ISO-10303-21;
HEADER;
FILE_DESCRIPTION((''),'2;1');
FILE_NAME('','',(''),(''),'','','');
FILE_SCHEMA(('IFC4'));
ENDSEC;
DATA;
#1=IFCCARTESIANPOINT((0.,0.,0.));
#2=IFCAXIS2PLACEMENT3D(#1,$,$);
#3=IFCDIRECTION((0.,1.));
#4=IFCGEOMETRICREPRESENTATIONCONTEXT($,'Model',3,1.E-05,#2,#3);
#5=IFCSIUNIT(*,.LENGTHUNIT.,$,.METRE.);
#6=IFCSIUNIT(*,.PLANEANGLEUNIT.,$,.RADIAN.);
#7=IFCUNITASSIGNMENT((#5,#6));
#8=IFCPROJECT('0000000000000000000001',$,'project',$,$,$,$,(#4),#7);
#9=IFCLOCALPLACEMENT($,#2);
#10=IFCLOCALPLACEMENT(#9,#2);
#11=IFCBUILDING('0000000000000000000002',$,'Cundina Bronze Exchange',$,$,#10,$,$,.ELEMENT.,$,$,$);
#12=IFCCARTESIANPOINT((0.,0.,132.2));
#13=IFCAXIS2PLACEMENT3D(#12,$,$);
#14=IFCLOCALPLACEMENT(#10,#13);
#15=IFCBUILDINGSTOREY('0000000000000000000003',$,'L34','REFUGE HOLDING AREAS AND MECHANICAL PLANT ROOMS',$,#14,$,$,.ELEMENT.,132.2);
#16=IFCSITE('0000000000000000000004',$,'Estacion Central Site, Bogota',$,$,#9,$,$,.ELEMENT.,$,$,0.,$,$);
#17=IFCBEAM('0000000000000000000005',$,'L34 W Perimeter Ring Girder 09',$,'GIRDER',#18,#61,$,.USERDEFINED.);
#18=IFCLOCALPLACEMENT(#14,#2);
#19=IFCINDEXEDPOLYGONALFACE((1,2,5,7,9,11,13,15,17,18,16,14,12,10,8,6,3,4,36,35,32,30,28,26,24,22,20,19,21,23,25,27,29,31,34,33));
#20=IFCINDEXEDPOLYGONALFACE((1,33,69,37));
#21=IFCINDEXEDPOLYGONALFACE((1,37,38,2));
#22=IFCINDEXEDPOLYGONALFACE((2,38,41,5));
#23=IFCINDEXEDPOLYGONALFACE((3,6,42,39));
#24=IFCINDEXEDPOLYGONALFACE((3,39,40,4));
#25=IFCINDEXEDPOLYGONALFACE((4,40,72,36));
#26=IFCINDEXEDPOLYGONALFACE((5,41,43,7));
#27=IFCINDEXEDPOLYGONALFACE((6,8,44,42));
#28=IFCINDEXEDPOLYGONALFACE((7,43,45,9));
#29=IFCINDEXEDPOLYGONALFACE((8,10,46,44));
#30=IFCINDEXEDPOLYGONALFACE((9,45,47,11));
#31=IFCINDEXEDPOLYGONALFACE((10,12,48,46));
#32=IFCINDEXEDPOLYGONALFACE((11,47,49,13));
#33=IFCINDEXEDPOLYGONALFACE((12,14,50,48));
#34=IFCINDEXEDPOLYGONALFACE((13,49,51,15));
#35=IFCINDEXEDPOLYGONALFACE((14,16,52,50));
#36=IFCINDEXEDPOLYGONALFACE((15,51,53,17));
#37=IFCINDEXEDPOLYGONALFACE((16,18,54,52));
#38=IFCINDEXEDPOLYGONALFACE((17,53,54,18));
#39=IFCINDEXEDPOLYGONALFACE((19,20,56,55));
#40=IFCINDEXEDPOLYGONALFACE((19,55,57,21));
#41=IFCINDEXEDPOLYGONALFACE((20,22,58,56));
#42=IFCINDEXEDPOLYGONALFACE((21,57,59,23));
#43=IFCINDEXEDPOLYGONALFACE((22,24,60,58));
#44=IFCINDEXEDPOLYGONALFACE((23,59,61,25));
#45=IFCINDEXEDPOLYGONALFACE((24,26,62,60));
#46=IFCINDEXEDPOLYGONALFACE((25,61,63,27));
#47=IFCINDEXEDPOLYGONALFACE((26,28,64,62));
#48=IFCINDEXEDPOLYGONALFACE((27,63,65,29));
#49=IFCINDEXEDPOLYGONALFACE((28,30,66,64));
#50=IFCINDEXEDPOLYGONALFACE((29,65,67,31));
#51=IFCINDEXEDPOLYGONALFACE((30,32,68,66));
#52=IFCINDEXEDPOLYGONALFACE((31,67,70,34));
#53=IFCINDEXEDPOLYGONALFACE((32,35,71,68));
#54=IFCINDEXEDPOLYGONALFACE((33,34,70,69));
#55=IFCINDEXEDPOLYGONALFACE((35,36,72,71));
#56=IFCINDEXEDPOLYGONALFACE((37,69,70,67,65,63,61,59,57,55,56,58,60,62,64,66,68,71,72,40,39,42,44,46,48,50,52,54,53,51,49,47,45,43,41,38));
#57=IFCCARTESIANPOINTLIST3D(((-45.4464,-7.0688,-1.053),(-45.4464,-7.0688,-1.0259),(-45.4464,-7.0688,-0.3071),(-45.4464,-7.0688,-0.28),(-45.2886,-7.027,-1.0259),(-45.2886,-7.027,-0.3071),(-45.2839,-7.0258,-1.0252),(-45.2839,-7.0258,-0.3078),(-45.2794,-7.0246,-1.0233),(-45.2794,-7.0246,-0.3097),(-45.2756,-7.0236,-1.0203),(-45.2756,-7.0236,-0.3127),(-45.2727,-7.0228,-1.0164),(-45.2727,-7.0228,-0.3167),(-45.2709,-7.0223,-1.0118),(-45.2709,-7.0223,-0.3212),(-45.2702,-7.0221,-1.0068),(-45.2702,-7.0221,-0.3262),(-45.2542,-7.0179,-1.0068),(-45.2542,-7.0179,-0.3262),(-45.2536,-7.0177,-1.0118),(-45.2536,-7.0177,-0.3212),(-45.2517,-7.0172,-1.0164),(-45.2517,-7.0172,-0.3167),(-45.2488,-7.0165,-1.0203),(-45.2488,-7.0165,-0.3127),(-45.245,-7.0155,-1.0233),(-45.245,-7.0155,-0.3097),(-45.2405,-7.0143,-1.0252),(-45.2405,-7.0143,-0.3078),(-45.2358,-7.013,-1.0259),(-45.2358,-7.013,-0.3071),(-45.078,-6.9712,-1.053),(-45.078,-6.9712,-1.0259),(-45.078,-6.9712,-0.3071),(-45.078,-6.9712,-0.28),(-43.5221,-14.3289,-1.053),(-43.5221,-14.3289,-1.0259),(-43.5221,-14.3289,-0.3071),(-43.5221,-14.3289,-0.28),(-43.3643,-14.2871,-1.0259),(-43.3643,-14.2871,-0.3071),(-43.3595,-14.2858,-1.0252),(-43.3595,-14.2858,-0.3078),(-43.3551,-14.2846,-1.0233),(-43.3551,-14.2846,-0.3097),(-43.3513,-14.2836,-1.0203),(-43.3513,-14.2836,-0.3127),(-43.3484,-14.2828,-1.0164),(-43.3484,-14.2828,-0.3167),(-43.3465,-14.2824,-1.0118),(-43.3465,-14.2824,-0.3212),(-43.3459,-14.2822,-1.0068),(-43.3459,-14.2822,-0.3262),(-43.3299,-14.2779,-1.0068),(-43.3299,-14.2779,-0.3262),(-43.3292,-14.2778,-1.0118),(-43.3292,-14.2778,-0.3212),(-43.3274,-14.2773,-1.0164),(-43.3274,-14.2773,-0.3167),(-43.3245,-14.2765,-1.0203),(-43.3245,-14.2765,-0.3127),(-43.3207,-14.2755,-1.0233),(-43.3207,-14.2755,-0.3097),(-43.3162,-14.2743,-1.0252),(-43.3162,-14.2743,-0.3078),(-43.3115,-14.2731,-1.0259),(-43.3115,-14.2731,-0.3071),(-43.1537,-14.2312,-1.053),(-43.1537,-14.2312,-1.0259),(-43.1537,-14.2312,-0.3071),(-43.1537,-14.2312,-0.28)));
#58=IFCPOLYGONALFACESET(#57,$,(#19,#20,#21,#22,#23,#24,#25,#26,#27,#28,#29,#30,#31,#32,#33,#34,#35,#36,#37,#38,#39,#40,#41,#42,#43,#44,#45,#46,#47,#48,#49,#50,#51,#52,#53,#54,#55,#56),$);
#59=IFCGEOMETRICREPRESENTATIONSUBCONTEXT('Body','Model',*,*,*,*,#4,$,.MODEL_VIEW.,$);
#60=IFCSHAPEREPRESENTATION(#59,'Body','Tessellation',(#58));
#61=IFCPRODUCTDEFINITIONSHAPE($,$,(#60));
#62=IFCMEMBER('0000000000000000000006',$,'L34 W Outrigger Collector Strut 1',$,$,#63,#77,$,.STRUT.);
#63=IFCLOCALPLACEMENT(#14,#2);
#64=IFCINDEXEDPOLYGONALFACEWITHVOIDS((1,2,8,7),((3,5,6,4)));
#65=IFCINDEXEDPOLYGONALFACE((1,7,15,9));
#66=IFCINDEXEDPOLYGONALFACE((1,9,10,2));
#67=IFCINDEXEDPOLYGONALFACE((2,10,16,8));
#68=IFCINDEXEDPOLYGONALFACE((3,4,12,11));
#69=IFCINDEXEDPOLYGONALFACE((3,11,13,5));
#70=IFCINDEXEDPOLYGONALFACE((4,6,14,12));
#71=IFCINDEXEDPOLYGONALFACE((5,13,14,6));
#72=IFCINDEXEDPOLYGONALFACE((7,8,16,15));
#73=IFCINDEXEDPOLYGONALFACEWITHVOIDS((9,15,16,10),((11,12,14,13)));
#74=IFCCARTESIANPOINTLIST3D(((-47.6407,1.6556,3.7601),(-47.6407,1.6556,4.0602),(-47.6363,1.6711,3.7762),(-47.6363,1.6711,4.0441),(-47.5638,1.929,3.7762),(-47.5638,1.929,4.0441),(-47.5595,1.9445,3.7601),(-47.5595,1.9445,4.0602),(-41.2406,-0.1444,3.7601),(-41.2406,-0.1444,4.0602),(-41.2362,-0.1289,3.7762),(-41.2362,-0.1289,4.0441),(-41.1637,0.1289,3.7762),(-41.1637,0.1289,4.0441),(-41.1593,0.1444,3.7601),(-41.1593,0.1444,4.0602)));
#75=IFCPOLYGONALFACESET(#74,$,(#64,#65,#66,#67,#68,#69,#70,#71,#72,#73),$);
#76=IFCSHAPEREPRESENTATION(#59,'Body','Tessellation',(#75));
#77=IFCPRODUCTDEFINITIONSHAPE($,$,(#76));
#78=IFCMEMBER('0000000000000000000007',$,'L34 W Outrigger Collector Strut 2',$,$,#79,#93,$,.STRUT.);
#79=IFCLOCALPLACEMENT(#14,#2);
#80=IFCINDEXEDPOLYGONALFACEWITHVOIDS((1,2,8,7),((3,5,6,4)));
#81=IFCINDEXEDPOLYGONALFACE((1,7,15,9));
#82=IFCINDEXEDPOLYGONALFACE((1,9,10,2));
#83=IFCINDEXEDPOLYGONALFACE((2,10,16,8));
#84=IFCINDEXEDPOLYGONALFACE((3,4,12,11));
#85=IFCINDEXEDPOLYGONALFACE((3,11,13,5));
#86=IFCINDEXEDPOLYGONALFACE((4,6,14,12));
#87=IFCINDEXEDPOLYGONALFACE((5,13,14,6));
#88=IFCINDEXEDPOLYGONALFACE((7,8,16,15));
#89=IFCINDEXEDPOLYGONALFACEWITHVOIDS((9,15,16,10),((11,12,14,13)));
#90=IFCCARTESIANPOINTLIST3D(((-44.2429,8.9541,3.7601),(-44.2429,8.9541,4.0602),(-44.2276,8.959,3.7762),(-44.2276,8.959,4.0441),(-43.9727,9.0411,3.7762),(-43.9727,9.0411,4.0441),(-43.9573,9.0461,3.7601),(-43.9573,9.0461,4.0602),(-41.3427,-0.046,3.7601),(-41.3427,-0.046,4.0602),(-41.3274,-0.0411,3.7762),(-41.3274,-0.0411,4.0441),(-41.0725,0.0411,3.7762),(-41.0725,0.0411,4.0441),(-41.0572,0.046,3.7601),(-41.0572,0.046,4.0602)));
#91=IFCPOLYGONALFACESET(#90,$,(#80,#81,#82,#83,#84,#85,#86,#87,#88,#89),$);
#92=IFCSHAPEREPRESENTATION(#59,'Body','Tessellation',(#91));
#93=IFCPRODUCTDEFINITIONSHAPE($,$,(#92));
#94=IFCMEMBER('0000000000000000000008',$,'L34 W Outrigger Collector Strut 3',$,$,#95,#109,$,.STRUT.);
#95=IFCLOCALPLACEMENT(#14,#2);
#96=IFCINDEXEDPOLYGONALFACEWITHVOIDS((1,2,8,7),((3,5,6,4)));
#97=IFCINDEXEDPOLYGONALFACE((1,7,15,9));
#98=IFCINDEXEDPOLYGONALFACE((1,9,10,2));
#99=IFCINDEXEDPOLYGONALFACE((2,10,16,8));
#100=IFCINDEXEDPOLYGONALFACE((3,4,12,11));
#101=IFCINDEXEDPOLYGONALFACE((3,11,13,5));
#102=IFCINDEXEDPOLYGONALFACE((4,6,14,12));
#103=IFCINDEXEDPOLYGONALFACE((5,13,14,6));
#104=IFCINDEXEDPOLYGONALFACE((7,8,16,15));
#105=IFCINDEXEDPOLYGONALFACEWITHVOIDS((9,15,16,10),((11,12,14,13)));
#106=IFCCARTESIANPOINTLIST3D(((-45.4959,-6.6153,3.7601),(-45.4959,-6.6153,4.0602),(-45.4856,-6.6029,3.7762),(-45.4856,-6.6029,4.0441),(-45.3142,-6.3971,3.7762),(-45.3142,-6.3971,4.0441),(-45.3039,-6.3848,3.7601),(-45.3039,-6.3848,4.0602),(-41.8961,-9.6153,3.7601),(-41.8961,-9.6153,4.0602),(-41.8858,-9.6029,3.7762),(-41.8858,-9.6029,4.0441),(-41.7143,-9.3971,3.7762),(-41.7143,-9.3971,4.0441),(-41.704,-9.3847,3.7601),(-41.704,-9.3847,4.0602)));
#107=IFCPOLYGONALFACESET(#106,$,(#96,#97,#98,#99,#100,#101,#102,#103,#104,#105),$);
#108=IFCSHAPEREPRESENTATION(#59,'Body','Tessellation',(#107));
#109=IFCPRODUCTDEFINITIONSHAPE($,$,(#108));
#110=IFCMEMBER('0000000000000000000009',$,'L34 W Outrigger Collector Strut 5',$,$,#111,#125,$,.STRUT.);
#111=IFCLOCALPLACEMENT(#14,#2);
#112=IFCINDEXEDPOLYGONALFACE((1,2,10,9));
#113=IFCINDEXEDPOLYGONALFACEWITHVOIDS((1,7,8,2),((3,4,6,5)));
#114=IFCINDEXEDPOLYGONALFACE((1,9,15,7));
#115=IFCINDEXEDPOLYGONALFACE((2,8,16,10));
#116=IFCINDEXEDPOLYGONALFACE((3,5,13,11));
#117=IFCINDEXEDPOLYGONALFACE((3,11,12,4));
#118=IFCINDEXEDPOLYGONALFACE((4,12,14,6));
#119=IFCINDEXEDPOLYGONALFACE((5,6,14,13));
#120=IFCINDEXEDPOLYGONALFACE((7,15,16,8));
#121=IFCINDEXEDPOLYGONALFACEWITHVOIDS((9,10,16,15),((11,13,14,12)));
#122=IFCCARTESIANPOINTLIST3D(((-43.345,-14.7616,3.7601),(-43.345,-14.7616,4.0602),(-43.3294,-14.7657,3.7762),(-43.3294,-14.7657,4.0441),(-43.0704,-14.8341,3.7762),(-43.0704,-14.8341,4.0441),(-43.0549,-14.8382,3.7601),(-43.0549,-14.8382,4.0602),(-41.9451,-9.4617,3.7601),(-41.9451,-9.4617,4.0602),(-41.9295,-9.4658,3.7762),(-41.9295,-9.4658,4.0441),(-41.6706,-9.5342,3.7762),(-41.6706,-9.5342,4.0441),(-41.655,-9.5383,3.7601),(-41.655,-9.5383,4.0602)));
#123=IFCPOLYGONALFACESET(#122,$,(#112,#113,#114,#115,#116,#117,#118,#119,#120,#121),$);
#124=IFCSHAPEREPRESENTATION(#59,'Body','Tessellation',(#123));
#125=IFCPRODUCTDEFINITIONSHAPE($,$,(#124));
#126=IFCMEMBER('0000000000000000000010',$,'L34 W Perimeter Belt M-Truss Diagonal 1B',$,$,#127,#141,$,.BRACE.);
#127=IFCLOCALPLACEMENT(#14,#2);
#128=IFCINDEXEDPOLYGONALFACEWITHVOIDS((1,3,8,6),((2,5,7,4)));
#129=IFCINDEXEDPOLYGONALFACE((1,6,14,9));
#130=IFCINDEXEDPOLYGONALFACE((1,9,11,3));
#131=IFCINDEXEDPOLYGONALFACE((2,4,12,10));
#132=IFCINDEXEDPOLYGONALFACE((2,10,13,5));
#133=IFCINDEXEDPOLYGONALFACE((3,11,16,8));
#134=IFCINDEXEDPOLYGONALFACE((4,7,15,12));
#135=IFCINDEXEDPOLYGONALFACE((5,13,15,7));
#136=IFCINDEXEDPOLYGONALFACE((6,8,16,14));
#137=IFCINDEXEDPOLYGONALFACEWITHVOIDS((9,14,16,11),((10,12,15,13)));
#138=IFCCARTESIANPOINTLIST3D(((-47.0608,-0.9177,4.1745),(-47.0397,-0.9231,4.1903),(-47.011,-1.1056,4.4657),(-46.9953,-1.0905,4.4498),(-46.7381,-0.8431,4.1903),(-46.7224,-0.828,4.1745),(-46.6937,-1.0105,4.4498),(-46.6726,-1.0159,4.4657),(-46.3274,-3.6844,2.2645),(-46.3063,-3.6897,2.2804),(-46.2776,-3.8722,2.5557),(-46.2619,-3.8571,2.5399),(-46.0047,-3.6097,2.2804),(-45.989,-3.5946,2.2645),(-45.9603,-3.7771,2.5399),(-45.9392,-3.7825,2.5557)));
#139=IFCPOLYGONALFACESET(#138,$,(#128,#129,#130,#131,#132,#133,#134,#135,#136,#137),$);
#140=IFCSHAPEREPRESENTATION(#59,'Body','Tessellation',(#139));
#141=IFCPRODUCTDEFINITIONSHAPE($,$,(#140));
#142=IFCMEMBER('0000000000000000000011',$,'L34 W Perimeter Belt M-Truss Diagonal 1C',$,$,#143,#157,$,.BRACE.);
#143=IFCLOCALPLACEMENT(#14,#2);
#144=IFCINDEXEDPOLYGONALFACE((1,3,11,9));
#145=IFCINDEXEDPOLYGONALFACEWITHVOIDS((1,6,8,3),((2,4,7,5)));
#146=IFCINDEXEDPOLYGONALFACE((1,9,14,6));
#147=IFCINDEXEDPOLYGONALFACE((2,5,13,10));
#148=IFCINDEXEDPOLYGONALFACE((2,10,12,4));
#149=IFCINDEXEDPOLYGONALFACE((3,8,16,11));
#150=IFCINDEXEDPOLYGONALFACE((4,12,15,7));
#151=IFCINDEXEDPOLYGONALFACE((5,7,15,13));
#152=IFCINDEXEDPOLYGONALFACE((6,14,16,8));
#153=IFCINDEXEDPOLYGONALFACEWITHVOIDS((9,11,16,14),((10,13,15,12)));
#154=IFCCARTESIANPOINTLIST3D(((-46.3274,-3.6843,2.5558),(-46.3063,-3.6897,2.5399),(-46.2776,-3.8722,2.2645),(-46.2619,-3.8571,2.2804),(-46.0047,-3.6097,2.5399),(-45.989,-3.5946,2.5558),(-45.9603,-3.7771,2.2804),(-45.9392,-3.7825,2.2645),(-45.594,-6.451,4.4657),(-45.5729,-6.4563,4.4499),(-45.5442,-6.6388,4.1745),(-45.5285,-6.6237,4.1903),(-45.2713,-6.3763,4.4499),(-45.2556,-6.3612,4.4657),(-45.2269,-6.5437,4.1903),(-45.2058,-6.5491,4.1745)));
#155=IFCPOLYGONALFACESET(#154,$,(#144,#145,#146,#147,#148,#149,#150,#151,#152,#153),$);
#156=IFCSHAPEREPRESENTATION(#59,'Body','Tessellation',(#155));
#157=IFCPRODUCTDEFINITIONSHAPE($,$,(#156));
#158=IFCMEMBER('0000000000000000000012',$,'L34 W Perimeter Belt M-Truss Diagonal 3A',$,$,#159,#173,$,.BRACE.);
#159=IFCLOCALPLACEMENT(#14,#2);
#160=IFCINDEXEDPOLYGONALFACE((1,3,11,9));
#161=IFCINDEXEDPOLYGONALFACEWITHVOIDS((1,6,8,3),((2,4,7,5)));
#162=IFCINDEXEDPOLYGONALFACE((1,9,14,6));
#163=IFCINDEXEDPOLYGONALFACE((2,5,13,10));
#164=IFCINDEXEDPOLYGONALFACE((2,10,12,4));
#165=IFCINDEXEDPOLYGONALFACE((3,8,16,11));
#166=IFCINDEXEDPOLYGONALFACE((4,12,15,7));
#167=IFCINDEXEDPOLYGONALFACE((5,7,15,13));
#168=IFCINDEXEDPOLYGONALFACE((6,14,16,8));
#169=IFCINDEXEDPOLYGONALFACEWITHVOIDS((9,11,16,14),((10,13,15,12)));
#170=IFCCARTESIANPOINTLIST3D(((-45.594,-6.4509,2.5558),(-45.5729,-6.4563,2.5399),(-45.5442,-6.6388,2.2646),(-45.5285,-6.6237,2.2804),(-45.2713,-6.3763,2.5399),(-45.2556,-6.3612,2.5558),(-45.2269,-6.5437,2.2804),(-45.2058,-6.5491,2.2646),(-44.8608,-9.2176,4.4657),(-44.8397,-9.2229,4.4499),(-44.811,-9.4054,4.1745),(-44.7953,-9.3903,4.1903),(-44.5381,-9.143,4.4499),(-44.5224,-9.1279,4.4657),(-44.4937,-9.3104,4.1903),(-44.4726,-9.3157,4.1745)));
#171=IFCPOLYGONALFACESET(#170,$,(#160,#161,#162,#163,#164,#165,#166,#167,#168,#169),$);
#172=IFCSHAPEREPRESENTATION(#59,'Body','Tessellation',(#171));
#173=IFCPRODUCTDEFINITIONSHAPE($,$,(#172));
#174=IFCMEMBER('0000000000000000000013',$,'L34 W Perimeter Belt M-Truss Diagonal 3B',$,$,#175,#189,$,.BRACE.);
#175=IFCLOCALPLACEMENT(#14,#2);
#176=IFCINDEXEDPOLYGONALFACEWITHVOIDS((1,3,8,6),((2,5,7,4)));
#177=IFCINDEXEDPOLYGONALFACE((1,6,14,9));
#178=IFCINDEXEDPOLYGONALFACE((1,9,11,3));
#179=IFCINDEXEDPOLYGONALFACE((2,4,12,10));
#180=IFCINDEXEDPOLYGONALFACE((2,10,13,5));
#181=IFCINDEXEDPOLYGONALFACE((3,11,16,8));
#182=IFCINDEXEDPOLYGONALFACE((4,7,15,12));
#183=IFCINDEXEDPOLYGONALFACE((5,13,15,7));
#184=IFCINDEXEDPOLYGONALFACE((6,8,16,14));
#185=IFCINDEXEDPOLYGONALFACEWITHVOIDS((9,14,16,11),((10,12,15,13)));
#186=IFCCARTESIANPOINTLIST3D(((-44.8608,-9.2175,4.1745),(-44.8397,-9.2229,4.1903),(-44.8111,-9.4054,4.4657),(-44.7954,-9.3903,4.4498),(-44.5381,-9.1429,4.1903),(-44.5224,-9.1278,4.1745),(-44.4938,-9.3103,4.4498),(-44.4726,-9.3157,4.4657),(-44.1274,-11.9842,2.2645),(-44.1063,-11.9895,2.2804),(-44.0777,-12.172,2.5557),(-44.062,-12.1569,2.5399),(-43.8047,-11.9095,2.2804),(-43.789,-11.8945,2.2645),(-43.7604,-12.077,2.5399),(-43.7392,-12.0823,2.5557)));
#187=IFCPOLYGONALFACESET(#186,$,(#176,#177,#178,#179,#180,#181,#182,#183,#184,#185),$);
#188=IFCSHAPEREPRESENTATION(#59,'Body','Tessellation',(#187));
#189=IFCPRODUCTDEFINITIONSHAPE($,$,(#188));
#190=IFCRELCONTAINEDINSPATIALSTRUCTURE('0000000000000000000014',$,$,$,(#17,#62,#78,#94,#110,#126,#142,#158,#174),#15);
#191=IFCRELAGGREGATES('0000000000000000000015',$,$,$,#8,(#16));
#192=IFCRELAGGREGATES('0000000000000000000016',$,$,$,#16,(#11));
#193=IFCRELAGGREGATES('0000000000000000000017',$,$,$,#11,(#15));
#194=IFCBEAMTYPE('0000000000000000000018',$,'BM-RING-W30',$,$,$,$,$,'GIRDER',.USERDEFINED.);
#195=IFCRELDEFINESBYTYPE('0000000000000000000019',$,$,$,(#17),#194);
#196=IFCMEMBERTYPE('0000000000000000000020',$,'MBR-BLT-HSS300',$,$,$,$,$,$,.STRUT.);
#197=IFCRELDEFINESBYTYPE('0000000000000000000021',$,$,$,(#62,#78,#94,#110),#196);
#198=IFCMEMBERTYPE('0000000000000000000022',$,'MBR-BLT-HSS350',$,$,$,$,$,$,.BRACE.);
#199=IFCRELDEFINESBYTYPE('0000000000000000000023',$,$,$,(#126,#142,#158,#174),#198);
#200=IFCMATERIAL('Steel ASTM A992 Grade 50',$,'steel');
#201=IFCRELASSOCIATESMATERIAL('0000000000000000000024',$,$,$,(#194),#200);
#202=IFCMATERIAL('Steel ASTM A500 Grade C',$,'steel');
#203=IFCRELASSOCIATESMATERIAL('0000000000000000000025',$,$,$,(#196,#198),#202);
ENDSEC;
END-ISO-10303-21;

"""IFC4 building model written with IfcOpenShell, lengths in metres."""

from ifc_helpers import new_model, si_unit, direction, frame, origin, origin_2d, place, context, subcontext, project, spatial, hollow_rectangle, i_section, extrude, material, material_profile, profile_set, type_object, element, save


model = new_model("IFC4")

# Units and contexts
model_context = context("Model", 3, precision=1e-05, world=origin(), true_north=direction((0.0, 1.0)))
body_context = subcontext(model_context, "Body", "Model", "MODEL_VIEW")
ifc_project = project(units=[si_unit("LENGTHUNIT", "METRE"), si_unit("PLANEANGLEUNIT", "RADIAN")], contexts=[model_context])

# Site, building, storey
site_placement = place(None, origin())
site = spatial("IfcSite", under=ifc_project, at=site_placement, Name="Estacion Central Site, Bogota", CompositionType="ELEMENT", RefElevation=0.0)
building_placement = place(site_placement, origin())
building = spatial("IfcBuilding", under=site, at=building_placement, Name="Cundina Bronze Exchange", CompositionType="ELEMENT")
storey_placement = place(building_placement, frame((0.0, 0.0, 132.2)))
storey = spatial("IfcBuildingStorey", under=building, at=storey_placement, Name="L34", Description="REFUGE HOLDING AREAS AND MECHANICAL PLANT ROOMS", CompositionType="ELEMENT", Elevation=132.2)

# Beam
ifc_material_1 = material(Name="Steel ASTM A992 Grade 50", Category="steel")
ifc_material_profile_1 = material_profile(ifc_material_1, i_section(OverallWidth=0.3811, OverallDepth=0.7729, WebThickness=0.0166, FlangeThickness=0.0271, FilletRadius=0.019, at=origin_2d()), Name="W30X173", Category="steel")
ifc_profile_set_1 = profile_set([ifc_material_profile_1], Name="Steel ASTM A992 Grade 50")
beam_type_1 = type_object("IfcBeamType", Name="BM-RING-W30", ElementType="GIRDER", PredefinedType="USERDEFINED", material=ifc_profile_set_1)
beam_1_placement = place(storey_placement, frame((-45.2622, -7.02, -0.6665), z_axis=(0.25621, -0.966621, 0.0), x_axis=(0.966621, 0.25621, 0.0)))
element("IfcBeam", 1, at=beam_1_placement, inside=storey, type_object=beam_type_1, Name="L34 W Perimeter Ring Girder 09", ObjectType="GIRDER", PredefinedType="USERDEFINED", context=body_context, shape_type="SweptSolid", body=[
    extrude(i_section(OverallWidth=0.3811, OverallDepth=0.7729, WebThickness=0.0166, FlangeThickness=0.0271, FilletRadius=0.019, at=origin_2d()), origin(), (0.0, 0.0, 1.0), 7.5107),
])

# Members
ifc_material_2 = material(Name="Steel ASTM A500 Grade C", Category="steel")
ifc_material_profile_2 = material_profile(ifc_material_2, hollow_rectangle(XDim=0.3, YDim=0.3, WallThickness=0.0161, at=origin_2d()), Name="HSS300X300X16", Category="steel")
ifc_profile_set_2 = profile_set([ifc_material_profile_2], Name="Steel ASTM A500 Grade C")
member_type_1 = type_object("IfcMemberType", Name="MBR-BLT-HSS300", PredefinedType="STRUT", material=ifc_profile_set_2)
member_1_placement = place(storey_placement, frame((-41.2, 0.0, 3.9102), z_axis=(-0.962651, 0.270747, 0.0), x_axis=(-0.270747, -0.962651, 0.0)))
element("IfcMember", 2, at=member_1_placement, inside=storey, type_object=member_type_1, Name="L34 W Outrigger Collector Strut 1", PredefinedType="STRUT", context=body_context, shape_type="SweptSolid", body=[
    extrude(hollow_rectangle(XDim=0.3, YDim=0.3, WallThickness=0.0161, at=origin_2d()), origin(), (0.0, 0.0, 1.0), 6.6484),
])
member_2_placement = place(storey_placement, frame((-41.2, 0.0, 3.9102), z_axis=(-0.306708, 0.951804, 0.0), x_axis=(-0.951804, -0.306708, 0.0)))
element("IfcMember", 3, at=member_2_placement, inside=storey, type_object=member_type_1, Name="L34 W Outrigger Collector Strut 2", PredefinedType="STRUT", context=body_context, shape_type="SweptSolid", body=[
    extrude(hollow_rectangle(XDim=0.3, YDim=0.3, WallThickness=0.0161, at=origin_2d()), origin(), (0.0, 0.0, 1.0), 9.4558),
])
member_3_placement = place(storey_placement, frame((-41.8, -9.5, 3.9102), z_axis=(-0.768208, 0.6402, 0.0), x_axis=(-0.6402, -0.768208, 0.0)))
element("IfcMember", 4, at=member_3_placement, inside=storey, type_object=member_type_1, Name="L34 W Outrigger Collector Strut 3", PredefinedType="STRUT", context=body_context, shape_type="SweptSolid", body=[
    extrude(hollow_rectangle(XDim=0.3, YDim=0.3, WallThickness=0.0161, at=origin_2d()), origin(), (0.0, 0.0, 1.0), 4.686),
])
member_4_placement = place(storey_placement, frame((-41.8, -9.5, 3.9102), z_axis=(-0.255372, -0.966843, 0.0), x_axis=(0.966843, -0.255372, 0.0)))
element("IfcMember", 5, at=member_4_placement, inside=storey, type_object=member_type_1, Name="L34 W Outrigger Collector Strut 5", PredefinedType="STRUT", context=body_context, shape_type="SweptSolid", body=[
    extrude(hollow_rectangle(XDim=0.3, YDim=0.3, WallThickness=0.0161, at=origin_2d()), origin(), (0.0, 0.0, 1.0), 5.4817),
])
ifc_material_profile_3 = material_profile(ifc_material_2, hollow_rectangle(XDim=0.3501, YDim=0.3501, WallThickness=0.019, at=origin_2d()), Name="HSS350X350X19", Category="steel")
ifc_profile_set_3 = profile_set([ifc_material_profile_3], Name="Steel ASTM A500 Grade C")
member_type_2 = type_object("IfcMemberType", Name="MBR-BLT-HSS350", PredefinedType="BRACE", material=ifc_profile_set_3)
for number, where, z_axis, x_axis, name in (
    (6, (-46.8667, -0.9668, 4.3201), (0.213142, -0.804037, -0.555063), (0.966613, 0.25624, 0.0), "L34 W Perimeter Belt M-Truss Diagonal 1B"),
    (7, (-46.1333, -3.7334, 2.4102), (0.213142, -0.804037, 0.555063), (0.966613, 0.25624, 0.0), "L34 W Perimeter Belt M-Truss Diagonal 1C"),
    (8, (-45.3999, -6.5, 2.4102), (0.213074, -0.804049, 0.555072), (0.966634, 0.25616, 0.0), "L34 W Perimeter Belt M-Truss Diagonal 3A"),
    (9, (-44.6667, -9.2666, 4.3201), (0.213142, -0.804037, -0.555063), (0.966613, 0.25624, 0.0), "L34 W Perimeter Belt M-Truss Diagonal 3B"),
):
    element("IfcMember", number, at=place(storey_placement, frame(where, z_axis=z_axis, x_axis=x_axis)), inside=storey, type_object=member_type_2, Name=name, PredefinedType="BRACE", context=body_context, shape_type="SweptSolid", body=[
        extrude(hollow_rectangle(XDim=0.3501, YDim=0.3501, WallThickness=0.019, at=origin_2d()), origin(), (0.0, 0.0, 1.0), 3.4409),
    ])

save(model, "model.ifc")
